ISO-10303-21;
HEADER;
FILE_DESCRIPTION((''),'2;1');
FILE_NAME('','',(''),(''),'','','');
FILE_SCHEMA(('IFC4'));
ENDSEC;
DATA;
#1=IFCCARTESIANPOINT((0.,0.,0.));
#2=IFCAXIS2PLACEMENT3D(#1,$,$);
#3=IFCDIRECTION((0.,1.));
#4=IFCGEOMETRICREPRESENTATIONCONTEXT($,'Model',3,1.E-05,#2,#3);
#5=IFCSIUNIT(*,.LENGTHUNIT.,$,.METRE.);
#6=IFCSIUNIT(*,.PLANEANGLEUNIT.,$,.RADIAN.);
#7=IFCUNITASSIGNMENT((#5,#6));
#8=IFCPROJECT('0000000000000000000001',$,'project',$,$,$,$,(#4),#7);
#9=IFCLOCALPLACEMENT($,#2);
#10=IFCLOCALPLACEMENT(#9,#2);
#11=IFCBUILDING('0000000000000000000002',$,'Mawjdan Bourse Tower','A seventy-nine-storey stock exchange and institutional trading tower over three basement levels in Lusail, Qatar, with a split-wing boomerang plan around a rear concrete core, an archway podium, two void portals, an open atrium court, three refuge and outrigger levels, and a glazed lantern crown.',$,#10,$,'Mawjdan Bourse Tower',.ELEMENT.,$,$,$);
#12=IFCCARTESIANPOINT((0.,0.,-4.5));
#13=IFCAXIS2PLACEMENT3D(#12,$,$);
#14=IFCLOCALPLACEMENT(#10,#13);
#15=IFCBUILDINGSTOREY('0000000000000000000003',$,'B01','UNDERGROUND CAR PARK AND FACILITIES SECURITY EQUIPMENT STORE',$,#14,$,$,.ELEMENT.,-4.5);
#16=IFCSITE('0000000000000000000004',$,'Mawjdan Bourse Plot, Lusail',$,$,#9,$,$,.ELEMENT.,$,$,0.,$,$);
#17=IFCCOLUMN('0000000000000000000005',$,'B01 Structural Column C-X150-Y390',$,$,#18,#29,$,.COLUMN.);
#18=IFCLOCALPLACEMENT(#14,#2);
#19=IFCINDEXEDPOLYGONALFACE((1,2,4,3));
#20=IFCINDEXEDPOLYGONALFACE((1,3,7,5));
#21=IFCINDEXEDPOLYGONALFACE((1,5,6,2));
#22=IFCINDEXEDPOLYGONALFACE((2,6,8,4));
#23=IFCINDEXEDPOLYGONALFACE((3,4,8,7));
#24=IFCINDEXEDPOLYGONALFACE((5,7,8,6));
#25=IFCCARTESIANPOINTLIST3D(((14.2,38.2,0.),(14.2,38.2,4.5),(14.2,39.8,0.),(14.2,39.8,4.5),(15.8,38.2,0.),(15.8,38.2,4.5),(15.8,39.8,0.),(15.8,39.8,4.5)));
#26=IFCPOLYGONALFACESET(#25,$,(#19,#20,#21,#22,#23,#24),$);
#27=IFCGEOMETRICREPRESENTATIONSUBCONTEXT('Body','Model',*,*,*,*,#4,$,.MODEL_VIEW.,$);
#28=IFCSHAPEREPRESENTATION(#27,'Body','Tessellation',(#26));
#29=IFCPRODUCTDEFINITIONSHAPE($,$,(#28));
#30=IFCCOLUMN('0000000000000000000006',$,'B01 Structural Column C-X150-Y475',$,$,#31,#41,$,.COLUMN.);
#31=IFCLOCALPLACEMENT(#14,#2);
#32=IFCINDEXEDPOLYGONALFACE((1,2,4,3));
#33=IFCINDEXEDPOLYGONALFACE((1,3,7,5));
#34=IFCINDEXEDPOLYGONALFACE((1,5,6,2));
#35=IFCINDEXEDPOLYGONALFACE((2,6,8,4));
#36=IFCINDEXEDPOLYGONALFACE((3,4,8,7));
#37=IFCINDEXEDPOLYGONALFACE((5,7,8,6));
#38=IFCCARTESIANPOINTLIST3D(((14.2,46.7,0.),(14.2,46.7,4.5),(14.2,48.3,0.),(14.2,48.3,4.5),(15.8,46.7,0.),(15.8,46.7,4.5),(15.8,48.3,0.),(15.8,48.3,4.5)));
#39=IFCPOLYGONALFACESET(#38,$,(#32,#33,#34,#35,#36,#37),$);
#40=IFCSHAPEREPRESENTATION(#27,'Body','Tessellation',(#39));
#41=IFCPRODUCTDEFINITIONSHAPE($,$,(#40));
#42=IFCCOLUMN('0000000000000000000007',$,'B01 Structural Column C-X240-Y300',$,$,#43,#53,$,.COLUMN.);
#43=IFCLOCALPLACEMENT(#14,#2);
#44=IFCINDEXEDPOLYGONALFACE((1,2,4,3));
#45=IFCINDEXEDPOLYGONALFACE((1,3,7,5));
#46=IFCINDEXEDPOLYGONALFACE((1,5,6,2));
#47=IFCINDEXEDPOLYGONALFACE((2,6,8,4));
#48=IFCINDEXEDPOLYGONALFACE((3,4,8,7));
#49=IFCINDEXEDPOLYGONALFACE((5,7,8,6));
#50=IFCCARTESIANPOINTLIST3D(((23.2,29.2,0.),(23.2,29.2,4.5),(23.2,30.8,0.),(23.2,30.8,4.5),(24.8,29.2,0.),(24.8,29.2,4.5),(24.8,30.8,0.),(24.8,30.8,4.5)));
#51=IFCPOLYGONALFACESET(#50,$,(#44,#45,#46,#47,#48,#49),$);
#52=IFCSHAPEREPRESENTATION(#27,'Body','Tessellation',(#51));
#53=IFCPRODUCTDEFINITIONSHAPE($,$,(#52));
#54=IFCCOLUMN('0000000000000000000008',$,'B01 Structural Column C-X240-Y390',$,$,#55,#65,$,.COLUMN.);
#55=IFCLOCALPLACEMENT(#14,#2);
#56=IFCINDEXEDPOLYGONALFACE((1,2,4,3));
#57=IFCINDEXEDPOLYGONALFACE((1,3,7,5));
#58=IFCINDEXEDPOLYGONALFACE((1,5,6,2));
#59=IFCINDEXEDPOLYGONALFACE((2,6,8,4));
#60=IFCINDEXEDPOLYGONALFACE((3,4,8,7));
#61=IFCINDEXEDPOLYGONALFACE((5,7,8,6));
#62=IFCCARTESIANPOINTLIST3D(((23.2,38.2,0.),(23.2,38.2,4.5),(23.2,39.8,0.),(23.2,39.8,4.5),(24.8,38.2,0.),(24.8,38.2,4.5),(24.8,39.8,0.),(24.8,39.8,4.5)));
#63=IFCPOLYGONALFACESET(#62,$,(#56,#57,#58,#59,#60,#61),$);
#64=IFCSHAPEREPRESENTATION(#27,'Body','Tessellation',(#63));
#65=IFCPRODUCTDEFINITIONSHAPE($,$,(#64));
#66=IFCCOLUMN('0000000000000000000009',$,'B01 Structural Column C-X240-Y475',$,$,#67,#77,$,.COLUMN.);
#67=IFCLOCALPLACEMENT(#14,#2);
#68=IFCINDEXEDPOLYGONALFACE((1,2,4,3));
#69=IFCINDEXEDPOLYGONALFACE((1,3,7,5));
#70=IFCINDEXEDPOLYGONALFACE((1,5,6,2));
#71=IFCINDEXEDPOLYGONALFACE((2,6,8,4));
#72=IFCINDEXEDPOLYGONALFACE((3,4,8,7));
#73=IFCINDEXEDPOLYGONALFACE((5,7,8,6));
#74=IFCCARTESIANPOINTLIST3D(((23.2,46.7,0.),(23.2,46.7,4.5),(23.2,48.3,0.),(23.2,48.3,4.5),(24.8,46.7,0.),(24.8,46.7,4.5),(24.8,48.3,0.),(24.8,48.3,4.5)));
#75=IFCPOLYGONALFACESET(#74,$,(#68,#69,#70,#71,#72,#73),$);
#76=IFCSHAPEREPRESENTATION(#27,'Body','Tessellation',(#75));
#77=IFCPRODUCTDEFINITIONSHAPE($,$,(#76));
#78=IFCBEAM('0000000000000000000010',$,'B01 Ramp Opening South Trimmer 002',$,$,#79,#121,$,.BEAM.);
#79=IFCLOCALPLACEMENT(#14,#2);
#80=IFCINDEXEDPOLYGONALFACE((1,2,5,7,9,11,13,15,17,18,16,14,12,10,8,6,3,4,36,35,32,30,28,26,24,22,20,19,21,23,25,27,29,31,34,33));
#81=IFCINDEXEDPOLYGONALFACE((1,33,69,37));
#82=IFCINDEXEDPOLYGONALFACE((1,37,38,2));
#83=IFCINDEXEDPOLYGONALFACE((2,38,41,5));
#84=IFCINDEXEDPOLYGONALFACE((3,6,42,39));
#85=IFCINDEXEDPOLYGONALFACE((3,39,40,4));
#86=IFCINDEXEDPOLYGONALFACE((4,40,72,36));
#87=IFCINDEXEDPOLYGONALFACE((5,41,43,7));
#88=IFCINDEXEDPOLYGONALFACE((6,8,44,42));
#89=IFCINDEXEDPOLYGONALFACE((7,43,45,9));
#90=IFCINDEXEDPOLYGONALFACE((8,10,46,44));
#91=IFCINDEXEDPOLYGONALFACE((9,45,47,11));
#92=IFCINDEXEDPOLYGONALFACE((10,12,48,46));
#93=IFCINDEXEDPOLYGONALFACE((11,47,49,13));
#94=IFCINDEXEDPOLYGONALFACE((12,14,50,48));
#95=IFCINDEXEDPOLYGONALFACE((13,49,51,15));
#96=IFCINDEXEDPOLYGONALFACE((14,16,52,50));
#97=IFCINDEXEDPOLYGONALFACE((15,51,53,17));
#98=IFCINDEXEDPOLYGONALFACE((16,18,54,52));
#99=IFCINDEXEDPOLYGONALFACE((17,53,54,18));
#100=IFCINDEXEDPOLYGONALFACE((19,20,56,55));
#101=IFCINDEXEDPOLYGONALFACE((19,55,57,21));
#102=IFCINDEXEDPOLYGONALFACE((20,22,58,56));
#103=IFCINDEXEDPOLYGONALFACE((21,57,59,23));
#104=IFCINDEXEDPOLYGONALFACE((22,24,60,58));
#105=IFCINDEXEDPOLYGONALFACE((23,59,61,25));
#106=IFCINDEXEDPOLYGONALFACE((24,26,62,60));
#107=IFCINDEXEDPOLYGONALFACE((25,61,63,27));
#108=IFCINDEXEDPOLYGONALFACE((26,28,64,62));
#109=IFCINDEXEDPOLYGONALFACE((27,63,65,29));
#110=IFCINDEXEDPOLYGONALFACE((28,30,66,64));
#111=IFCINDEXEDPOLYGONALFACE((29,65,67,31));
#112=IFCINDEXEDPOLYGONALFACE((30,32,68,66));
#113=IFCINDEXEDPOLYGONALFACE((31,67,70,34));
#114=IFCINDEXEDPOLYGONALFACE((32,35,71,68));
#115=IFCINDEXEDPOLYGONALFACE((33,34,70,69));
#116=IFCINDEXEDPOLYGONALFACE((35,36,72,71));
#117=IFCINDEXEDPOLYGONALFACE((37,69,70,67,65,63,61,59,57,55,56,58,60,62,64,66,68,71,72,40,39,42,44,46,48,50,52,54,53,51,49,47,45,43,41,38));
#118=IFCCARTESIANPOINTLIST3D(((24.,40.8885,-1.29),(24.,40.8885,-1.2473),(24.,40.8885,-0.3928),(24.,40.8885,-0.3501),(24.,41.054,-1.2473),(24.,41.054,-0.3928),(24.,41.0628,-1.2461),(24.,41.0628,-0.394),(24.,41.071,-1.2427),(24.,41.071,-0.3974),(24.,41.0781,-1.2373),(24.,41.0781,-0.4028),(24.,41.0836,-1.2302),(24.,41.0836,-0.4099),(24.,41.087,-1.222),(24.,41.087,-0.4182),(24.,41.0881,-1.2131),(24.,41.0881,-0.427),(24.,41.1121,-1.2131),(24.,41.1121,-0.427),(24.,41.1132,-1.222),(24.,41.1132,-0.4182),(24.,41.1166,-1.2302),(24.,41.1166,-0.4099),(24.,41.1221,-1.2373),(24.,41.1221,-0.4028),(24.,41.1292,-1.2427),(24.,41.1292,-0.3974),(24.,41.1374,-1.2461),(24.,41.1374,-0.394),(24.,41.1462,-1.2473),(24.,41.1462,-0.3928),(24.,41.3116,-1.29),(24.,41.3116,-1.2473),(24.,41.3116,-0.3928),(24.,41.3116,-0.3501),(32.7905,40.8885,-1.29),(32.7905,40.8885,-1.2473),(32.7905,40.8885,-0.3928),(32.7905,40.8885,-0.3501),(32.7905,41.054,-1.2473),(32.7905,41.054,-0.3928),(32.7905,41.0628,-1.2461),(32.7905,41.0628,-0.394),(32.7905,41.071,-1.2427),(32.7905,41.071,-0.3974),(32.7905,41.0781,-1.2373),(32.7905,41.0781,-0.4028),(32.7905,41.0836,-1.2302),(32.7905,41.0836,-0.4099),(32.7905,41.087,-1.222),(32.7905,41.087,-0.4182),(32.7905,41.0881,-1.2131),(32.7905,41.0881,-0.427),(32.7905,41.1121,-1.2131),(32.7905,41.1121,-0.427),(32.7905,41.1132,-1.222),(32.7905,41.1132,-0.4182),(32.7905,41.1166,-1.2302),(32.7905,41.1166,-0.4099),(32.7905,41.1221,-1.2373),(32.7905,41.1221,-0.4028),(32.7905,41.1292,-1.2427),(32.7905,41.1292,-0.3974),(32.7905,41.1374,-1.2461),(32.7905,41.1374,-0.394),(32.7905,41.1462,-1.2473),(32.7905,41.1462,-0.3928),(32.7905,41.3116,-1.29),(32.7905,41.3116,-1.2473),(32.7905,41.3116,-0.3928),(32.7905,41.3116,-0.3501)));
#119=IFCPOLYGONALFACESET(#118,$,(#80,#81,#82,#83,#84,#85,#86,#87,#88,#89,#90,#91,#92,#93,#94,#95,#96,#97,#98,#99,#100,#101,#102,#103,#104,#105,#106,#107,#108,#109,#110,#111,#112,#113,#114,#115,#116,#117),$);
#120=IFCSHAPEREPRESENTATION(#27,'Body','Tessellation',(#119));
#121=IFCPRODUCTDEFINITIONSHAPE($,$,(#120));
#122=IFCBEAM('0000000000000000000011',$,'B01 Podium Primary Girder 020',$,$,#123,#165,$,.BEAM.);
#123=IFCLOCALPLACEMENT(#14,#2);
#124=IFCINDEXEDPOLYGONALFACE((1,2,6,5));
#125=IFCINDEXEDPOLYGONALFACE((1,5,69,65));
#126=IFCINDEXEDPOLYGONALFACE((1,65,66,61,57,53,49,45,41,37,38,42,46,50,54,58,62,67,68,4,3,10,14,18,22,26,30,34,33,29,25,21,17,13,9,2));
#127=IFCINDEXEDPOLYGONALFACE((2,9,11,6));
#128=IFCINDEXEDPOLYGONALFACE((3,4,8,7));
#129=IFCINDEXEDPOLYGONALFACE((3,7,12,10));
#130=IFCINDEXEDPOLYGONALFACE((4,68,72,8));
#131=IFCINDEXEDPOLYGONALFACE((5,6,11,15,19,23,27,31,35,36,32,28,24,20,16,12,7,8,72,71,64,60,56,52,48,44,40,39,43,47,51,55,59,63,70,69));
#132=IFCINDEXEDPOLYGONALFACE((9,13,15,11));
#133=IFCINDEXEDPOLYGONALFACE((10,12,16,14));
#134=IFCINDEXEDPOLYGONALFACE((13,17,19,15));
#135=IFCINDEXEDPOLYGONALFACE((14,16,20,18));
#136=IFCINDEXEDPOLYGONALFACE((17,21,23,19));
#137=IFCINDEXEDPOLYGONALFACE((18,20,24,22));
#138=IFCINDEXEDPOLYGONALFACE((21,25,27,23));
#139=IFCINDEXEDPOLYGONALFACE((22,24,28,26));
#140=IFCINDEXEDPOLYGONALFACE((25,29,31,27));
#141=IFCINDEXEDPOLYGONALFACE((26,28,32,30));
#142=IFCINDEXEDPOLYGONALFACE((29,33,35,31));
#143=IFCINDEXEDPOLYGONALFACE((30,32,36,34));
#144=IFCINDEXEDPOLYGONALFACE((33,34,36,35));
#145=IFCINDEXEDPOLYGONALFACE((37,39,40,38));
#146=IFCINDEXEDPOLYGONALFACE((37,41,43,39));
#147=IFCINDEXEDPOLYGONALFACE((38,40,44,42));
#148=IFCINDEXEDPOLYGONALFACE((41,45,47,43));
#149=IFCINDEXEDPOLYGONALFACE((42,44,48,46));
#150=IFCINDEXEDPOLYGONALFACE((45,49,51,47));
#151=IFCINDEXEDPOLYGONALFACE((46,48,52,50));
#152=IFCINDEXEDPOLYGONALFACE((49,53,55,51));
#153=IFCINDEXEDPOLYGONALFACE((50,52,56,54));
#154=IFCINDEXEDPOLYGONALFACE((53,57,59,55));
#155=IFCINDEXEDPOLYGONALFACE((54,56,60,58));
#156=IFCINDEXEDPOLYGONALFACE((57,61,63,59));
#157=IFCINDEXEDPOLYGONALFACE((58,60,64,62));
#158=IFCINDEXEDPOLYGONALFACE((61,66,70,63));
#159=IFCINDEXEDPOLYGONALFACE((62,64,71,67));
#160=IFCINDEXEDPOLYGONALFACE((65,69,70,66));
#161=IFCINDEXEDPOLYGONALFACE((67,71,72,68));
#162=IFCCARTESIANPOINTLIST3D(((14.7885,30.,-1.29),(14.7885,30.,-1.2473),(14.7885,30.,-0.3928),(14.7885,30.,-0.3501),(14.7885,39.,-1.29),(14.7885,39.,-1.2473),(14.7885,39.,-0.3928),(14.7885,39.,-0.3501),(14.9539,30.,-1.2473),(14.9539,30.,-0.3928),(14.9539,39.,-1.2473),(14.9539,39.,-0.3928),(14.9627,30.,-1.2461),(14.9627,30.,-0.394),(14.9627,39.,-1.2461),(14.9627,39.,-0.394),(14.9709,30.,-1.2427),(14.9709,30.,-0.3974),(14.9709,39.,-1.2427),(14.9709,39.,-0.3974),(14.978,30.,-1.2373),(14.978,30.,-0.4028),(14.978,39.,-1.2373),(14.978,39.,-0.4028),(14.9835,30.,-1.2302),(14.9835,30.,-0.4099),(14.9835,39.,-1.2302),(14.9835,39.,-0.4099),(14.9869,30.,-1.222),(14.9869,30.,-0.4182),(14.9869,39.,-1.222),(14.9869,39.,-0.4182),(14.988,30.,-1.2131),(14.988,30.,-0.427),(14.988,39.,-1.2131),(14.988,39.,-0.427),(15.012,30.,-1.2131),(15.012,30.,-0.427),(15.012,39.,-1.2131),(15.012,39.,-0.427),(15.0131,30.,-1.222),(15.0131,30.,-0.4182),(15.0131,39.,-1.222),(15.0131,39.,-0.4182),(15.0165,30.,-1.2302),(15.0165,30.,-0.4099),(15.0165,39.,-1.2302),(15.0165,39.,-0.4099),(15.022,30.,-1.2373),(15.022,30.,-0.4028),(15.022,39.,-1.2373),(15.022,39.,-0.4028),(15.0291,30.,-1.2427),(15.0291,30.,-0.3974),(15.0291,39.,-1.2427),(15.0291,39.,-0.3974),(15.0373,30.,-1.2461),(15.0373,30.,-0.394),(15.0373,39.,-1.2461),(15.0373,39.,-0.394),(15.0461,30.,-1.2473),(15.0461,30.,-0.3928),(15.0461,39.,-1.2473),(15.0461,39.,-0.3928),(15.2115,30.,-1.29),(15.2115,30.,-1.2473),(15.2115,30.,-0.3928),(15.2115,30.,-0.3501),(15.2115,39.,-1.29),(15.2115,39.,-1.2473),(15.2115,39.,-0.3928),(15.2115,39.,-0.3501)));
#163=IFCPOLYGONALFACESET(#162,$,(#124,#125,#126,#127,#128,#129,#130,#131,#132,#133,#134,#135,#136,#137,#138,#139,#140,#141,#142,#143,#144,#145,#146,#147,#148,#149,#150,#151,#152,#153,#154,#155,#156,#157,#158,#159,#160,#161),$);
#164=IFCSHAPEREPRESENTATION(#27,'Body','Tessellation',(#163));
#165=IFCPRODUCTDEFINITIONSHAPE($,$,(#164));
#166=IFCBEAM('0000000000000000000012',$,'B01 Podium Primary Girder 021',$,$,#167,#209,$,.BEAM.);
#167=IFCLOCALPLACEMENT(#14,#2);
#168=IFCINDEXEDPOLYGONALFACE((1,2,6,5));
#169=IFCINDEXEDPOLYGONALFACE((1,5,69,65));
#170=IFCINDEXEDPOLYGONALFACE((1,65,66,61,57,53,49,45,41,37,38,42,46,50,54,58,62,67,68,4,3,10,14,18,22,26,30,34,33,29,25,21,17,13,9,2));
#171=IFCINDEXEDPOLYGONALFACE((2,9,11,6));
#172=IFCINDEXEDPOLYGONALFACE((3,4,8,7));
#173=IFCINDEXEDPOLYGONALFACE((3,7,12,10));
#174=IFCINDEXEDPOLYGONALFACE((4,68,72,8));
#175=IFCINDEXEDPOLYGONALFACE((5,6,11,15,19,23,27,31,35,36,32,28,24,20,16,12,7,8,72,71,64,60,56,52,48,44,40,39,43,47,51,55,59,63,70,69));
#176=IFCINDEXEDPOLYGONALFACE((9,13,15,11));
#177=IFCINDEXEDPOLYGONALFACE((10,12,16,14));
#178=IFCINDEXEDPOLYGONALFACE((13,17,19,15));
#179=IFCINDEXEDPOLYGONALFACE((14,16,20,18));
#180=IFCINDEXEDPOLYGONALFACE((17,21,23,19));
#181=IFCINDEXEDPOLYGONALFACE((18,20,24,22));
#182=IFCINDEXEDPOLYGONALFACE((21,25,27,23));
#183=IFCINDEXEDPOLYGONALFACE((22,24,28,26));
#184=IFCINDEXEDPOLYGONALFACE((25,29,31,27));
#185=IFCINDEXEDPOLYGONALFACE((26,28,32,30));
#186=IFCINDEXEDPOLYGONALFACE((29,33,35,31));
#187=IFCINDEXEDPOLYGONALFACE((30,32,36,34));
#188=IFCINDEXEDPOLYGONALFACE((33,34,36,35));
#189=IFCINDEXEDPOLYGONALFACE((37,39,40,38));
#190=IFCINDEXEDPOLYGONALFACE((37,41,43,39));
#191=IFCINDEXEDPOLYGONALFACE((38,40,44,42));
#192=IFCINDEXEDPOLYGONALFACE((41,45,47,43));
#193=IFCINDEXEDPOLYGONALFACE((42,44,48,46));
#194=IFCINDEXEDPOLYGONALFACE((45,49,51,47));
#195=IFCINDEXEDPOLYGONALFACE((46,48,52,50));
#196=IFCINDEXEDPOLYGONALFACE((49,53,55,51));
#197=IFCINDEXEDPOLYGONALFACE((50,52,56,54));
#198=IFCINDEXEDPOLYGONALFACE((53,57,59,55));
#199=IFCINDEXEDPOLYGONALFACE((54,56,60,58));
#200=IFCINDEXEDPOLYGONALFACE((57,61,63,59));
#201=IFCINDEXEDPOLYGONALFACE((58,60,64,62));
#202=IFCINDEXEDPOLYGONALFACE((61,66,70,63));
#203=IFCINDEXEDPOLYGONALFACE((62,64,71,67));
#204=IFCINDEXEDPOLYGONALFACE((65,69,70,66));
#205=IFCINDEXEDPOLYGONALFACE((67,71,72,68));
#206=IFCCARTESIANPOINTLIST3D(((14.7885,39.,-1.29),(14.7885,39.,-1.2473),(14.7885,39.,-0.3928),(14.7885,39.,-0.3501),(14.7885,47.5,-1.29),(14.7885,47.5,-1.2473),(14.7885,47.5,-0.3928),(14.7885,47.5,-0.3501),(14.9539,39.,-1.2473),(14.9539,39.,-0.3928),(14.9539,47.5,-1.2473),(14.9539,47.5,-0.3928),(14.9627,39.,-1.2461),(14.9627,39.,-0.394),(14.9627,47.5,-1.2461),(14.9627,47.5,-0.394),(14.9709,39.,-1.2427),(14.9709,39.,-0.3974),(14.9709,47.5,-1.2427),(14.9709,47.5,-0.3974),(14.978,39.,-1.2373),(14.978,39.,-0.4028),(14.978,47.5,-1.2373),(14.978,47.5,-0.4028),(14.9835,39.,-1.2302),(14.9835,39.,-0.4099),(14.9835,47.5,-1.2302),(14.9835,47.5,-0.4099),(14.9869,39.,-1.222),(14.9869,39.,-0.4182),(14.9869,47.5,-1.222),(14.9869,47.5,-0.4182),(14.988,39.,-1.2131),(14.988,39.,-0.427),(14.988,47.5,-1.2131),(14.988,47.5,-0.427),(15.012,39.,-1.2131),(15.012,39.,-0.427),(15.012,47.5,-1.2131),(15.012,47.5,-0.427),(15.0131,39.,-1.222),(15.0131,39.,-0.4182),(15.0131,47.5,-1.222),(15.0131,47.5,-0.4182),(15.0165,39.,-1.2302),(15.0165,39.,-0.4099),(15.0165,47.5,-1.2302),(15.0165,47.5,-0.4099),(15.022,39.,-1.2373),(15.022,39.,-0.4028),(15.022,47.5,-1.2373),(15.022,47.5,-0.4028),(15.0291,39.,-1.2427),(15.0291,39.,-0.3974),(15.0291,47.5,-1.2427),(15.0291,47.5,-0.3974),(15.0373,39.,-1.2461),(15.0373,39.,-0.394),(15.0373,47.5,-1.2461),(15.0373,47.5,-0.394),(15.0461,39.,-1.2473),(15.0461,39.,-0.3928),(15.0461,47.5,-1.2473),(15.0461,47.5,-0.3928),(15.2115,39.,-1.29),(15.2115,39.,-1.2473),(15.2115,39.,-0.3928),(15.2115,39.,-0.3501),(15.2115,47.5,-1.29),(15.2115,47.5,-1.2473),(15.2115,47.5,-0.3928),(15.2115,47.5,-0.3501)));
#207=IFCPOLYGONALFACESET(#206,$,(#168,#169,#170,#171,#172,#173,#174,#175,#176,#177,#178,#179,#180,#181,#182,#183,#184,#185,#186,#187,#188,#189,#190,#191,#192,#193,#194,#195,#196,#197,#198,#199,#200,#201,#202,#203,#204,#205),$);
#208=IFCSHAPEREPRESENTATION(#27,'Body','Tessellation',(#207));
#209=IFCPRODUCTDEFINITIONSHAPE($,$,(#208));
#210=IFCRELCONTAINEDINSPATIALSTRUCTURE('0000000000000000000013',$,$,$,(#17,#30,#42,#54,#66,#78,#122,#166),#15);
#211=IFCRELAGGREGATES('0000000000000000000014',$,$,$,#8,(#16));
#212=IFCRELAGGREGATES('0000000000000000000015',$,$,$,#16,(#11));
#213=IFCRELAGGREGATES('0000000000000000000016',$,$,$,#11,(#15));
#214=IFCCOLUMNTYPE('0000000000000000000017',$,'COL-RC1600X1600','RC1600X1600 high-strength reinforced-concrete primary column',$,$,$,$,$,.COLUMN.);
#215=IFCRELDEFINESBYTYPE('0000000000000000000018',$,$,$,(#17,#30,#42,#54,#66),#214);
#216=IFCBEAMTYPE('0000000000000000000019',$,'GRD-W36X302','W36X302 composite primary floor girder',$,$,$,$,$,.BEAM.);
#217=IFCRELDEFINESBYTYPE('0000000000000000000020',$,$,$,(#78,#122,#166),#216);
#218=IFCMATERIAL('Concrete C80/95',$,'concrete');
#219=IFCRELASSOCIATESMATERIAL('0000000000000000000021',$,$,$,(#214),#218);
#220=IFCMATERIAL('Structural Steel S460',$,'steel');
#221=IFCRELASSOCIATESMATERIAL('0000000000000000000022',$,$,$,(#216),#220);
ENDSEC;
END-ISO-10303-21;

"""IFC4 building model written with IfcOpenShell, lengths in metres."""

from ifc_helpers import new_model, si_unit, direction, frame, origin, origin_2d, place, context, subcontext, project, spatial, rectangle, i_section, extrude, material, material_profile, profile_set, type_object, element, save


model = new_model("IFC4")

# Units and contexts
model_context = context("Model", 3, precision=1e-05, world=origin(), true_north=direction((0.0, 1.0)))
body_context = subcontext(model_context, "Body", "Model", "MODEL_VIEW")
ifc_project = project(units=[si_unit("LENGTHUNIT", "METRE"), si_unit("PLANEANGLEUNIT", "RADIAN")], contexts=[model_context])

# Site, building, storey
site_placement = place(None, origin())
site = spatial("IfcSite", under=ifc_project, at=site_placement, Name="Mawjdan Bourse Plot, Lusail", CompositionType="ELEMENT", RefElevation=0.0)
building_placement = place(site_placement, origin())
building = spatial("IfcBuilding", under=site, at=building_placement, Name="Mawjdan Bourse Tower", Description="A seventy-nine-storey stock exchange and institutional trading tower over three basement levels in Lusail, Qatar, with a split-wing boomerang plan around a rear concrete core, an archway podium, two void portals, an open atrium court, three refuge and outrigger levels, and a glazed lantern crown.", LongName="Mawjdan Bourse Tower", CompositionType="ELEMENT")
storey_placement = place(building_placement, frame((0.0, 0.0, -4.5)))
storey = spatial("IfcBuildingStorey", under=building, at=storey_placement, Name="B01", Description="UNDERGROUND CAR PARK AND FACILITIES SECURITY EQUIPMENT STORE", CompositionType="ELEMENT", Elevation=-4.5)

# Columns
ifc_material_1 = material(Name="Concrete C80/95", Category="concrete")
ifc_material_profile_1 = material_profile(ifc_material_1, rectangle(XDim=1.6001, YDim=1.6001, at=origin_2d()), Name="RC1600X1600")
ifc_profile_set_1 = profile_set([ifc_material_profile_1], Name="Concrete C80/95")
column_type = type_object("IfcColumnType", Name="COL-RC1600X1600", Description="RC1600X1600 high-strength reinforced-concrete primary column", PredefinedType="COLUMN", material=ifc_profile_set_1)
for number, where, z_axis, x_axis, name in (
    (1, (15.0, 39.0, 0.0), (0.0, 0.0, 1.0), (1.0, 0.0, 0.0), "B01 Structural Column C-X150-Y390"),
    (2, (15.0, 47.5, 0.0), (0.0, 0.0, 1.0), (1.0, 0.0, 0.0), "B01 Structural Column C-X150-Y475"),
    (3, (24.0, 30.0, 0.0), (0.0, 0.0, 1.0), (1.0, 0.0, 0.0), "B01 Structural Column C-X240-Y300"),
    (4, (24.0, 39.0, 0.0), (0.0, 0.0, 1.0), (1.0, 0.0, 0.0), "B01 Structural Column C-X240-Y390"),
    (5, (24.0, 47.5, 0.0), (0.0, 0.0, 1.0), (1.0, 0.0, 0.0), "B01 Structural Column C-X240-Y475"),
):
    element("IfcColumn", number, at=place(storey_placement, frame(where, z_axis=z_axis, x_axis=x_axis)), inside=storey, type_object=column_type, Name=name, PredefinedType="COLUMN", context=body_context, shape_type="SweptSolid", body=[
        extrude(rectangle(XDim=1.6001, YDim=1.6001, at=origin_2d()), origin(), (0.0, 0.0, 1.0), 4.5),
    ])

# Beams
ifc_material_2 = material(Name="Structural Steel S460", Category="steel")
ifc_material_profile_2 = material_profile(ifc_material_2, i_section(OverallWidth=0.4231, OverallDepth=0.9399, WebThickness=0.0239, FlangeThickness=0.0427, FilletRadius=0.0342, at=origin_2d()), Name="W36X302")
ifc_profile_set_2 = profile_set([ifc_material_profile_2], Name="Structural Steel S460")
beam_type_1 = type_object("IfcBeamType", Name="GRD-W36X302", Description="W36X302 composite primary floor girder", PredefinedType="BEAM", material=ifc_profile_set_2)
beam_1_placement = place(storey_placement, frame((24.0, 41.1001, -0.8201), z_axis=(1.0, 0.0, 0.0), x_axis=(0.0, 1.0, 0.0)))
element("IfcBeam", 6, at=beam_1_placement, inside=storey, type_object=beam_type_1, Name="B01 Ramp Opening South Trimmer 002", PredefinedType="BEAM", context=body_context, shape_type="SweptSolid", body=[
    extrude(i_section(OverallWidth=0.4231, OverallDepth=0.9399, WebThickness=0.0239, FlangeThickness=0.0427, FilletRadius=0.0342, at=origin_2d()), origin(), (0.0, 0.0, 1.0), 8.7905),
])
beam_2_placement = place(storey_placement, frame((15.0, 30.0, -0.8201), z_axis=(0.0, 1.0, 0.0), x_axis=(-1.0, 0.0, 0.0)))
element("IfcBeam", 7, at=beam_2_placement, inside=storey, type_object=beam_type_1, Name="B01 Podium Primary Girder 020", PredefinedType="BEAM", context=body_context, shape_type="SweptSolid", body=[
    extrude(i_section(OverallWidth=0.4231, OverallDepth=0.9399, WebThickness=0.0239, FlangeThickness=0.0427, FilletRadius=0.0342, at=origin_2d()), origin(), (0.0, 0.0, 1.0), 9.0),
])
beam_3_placement = place(storey_placement, frame((15.0, 39.0, -0.8201), z_axis=(0.0, 1.0, 0.0), x_axis=(-1.0, 0.0, 0.0)))
element("IfcBeam", 8, at=beam_3_placement, inside=storey, type_object=beam_type_1, Name="B01 Podium Primary Girder 021", PredefinedType="BEAM", context=body_context, shape_type="SweptSolid", body=[
    extrude(i_section(OverallWidth=0.4231, OverallDepth=0.9399, WebThickness=0.0239, FlangeThickness=0.0427, FilletRadius=0.0342, at=origin_2d()), origin(), (0.0, 0.0, 1.0), 8.5),
])

save(model, "model.ifc")
